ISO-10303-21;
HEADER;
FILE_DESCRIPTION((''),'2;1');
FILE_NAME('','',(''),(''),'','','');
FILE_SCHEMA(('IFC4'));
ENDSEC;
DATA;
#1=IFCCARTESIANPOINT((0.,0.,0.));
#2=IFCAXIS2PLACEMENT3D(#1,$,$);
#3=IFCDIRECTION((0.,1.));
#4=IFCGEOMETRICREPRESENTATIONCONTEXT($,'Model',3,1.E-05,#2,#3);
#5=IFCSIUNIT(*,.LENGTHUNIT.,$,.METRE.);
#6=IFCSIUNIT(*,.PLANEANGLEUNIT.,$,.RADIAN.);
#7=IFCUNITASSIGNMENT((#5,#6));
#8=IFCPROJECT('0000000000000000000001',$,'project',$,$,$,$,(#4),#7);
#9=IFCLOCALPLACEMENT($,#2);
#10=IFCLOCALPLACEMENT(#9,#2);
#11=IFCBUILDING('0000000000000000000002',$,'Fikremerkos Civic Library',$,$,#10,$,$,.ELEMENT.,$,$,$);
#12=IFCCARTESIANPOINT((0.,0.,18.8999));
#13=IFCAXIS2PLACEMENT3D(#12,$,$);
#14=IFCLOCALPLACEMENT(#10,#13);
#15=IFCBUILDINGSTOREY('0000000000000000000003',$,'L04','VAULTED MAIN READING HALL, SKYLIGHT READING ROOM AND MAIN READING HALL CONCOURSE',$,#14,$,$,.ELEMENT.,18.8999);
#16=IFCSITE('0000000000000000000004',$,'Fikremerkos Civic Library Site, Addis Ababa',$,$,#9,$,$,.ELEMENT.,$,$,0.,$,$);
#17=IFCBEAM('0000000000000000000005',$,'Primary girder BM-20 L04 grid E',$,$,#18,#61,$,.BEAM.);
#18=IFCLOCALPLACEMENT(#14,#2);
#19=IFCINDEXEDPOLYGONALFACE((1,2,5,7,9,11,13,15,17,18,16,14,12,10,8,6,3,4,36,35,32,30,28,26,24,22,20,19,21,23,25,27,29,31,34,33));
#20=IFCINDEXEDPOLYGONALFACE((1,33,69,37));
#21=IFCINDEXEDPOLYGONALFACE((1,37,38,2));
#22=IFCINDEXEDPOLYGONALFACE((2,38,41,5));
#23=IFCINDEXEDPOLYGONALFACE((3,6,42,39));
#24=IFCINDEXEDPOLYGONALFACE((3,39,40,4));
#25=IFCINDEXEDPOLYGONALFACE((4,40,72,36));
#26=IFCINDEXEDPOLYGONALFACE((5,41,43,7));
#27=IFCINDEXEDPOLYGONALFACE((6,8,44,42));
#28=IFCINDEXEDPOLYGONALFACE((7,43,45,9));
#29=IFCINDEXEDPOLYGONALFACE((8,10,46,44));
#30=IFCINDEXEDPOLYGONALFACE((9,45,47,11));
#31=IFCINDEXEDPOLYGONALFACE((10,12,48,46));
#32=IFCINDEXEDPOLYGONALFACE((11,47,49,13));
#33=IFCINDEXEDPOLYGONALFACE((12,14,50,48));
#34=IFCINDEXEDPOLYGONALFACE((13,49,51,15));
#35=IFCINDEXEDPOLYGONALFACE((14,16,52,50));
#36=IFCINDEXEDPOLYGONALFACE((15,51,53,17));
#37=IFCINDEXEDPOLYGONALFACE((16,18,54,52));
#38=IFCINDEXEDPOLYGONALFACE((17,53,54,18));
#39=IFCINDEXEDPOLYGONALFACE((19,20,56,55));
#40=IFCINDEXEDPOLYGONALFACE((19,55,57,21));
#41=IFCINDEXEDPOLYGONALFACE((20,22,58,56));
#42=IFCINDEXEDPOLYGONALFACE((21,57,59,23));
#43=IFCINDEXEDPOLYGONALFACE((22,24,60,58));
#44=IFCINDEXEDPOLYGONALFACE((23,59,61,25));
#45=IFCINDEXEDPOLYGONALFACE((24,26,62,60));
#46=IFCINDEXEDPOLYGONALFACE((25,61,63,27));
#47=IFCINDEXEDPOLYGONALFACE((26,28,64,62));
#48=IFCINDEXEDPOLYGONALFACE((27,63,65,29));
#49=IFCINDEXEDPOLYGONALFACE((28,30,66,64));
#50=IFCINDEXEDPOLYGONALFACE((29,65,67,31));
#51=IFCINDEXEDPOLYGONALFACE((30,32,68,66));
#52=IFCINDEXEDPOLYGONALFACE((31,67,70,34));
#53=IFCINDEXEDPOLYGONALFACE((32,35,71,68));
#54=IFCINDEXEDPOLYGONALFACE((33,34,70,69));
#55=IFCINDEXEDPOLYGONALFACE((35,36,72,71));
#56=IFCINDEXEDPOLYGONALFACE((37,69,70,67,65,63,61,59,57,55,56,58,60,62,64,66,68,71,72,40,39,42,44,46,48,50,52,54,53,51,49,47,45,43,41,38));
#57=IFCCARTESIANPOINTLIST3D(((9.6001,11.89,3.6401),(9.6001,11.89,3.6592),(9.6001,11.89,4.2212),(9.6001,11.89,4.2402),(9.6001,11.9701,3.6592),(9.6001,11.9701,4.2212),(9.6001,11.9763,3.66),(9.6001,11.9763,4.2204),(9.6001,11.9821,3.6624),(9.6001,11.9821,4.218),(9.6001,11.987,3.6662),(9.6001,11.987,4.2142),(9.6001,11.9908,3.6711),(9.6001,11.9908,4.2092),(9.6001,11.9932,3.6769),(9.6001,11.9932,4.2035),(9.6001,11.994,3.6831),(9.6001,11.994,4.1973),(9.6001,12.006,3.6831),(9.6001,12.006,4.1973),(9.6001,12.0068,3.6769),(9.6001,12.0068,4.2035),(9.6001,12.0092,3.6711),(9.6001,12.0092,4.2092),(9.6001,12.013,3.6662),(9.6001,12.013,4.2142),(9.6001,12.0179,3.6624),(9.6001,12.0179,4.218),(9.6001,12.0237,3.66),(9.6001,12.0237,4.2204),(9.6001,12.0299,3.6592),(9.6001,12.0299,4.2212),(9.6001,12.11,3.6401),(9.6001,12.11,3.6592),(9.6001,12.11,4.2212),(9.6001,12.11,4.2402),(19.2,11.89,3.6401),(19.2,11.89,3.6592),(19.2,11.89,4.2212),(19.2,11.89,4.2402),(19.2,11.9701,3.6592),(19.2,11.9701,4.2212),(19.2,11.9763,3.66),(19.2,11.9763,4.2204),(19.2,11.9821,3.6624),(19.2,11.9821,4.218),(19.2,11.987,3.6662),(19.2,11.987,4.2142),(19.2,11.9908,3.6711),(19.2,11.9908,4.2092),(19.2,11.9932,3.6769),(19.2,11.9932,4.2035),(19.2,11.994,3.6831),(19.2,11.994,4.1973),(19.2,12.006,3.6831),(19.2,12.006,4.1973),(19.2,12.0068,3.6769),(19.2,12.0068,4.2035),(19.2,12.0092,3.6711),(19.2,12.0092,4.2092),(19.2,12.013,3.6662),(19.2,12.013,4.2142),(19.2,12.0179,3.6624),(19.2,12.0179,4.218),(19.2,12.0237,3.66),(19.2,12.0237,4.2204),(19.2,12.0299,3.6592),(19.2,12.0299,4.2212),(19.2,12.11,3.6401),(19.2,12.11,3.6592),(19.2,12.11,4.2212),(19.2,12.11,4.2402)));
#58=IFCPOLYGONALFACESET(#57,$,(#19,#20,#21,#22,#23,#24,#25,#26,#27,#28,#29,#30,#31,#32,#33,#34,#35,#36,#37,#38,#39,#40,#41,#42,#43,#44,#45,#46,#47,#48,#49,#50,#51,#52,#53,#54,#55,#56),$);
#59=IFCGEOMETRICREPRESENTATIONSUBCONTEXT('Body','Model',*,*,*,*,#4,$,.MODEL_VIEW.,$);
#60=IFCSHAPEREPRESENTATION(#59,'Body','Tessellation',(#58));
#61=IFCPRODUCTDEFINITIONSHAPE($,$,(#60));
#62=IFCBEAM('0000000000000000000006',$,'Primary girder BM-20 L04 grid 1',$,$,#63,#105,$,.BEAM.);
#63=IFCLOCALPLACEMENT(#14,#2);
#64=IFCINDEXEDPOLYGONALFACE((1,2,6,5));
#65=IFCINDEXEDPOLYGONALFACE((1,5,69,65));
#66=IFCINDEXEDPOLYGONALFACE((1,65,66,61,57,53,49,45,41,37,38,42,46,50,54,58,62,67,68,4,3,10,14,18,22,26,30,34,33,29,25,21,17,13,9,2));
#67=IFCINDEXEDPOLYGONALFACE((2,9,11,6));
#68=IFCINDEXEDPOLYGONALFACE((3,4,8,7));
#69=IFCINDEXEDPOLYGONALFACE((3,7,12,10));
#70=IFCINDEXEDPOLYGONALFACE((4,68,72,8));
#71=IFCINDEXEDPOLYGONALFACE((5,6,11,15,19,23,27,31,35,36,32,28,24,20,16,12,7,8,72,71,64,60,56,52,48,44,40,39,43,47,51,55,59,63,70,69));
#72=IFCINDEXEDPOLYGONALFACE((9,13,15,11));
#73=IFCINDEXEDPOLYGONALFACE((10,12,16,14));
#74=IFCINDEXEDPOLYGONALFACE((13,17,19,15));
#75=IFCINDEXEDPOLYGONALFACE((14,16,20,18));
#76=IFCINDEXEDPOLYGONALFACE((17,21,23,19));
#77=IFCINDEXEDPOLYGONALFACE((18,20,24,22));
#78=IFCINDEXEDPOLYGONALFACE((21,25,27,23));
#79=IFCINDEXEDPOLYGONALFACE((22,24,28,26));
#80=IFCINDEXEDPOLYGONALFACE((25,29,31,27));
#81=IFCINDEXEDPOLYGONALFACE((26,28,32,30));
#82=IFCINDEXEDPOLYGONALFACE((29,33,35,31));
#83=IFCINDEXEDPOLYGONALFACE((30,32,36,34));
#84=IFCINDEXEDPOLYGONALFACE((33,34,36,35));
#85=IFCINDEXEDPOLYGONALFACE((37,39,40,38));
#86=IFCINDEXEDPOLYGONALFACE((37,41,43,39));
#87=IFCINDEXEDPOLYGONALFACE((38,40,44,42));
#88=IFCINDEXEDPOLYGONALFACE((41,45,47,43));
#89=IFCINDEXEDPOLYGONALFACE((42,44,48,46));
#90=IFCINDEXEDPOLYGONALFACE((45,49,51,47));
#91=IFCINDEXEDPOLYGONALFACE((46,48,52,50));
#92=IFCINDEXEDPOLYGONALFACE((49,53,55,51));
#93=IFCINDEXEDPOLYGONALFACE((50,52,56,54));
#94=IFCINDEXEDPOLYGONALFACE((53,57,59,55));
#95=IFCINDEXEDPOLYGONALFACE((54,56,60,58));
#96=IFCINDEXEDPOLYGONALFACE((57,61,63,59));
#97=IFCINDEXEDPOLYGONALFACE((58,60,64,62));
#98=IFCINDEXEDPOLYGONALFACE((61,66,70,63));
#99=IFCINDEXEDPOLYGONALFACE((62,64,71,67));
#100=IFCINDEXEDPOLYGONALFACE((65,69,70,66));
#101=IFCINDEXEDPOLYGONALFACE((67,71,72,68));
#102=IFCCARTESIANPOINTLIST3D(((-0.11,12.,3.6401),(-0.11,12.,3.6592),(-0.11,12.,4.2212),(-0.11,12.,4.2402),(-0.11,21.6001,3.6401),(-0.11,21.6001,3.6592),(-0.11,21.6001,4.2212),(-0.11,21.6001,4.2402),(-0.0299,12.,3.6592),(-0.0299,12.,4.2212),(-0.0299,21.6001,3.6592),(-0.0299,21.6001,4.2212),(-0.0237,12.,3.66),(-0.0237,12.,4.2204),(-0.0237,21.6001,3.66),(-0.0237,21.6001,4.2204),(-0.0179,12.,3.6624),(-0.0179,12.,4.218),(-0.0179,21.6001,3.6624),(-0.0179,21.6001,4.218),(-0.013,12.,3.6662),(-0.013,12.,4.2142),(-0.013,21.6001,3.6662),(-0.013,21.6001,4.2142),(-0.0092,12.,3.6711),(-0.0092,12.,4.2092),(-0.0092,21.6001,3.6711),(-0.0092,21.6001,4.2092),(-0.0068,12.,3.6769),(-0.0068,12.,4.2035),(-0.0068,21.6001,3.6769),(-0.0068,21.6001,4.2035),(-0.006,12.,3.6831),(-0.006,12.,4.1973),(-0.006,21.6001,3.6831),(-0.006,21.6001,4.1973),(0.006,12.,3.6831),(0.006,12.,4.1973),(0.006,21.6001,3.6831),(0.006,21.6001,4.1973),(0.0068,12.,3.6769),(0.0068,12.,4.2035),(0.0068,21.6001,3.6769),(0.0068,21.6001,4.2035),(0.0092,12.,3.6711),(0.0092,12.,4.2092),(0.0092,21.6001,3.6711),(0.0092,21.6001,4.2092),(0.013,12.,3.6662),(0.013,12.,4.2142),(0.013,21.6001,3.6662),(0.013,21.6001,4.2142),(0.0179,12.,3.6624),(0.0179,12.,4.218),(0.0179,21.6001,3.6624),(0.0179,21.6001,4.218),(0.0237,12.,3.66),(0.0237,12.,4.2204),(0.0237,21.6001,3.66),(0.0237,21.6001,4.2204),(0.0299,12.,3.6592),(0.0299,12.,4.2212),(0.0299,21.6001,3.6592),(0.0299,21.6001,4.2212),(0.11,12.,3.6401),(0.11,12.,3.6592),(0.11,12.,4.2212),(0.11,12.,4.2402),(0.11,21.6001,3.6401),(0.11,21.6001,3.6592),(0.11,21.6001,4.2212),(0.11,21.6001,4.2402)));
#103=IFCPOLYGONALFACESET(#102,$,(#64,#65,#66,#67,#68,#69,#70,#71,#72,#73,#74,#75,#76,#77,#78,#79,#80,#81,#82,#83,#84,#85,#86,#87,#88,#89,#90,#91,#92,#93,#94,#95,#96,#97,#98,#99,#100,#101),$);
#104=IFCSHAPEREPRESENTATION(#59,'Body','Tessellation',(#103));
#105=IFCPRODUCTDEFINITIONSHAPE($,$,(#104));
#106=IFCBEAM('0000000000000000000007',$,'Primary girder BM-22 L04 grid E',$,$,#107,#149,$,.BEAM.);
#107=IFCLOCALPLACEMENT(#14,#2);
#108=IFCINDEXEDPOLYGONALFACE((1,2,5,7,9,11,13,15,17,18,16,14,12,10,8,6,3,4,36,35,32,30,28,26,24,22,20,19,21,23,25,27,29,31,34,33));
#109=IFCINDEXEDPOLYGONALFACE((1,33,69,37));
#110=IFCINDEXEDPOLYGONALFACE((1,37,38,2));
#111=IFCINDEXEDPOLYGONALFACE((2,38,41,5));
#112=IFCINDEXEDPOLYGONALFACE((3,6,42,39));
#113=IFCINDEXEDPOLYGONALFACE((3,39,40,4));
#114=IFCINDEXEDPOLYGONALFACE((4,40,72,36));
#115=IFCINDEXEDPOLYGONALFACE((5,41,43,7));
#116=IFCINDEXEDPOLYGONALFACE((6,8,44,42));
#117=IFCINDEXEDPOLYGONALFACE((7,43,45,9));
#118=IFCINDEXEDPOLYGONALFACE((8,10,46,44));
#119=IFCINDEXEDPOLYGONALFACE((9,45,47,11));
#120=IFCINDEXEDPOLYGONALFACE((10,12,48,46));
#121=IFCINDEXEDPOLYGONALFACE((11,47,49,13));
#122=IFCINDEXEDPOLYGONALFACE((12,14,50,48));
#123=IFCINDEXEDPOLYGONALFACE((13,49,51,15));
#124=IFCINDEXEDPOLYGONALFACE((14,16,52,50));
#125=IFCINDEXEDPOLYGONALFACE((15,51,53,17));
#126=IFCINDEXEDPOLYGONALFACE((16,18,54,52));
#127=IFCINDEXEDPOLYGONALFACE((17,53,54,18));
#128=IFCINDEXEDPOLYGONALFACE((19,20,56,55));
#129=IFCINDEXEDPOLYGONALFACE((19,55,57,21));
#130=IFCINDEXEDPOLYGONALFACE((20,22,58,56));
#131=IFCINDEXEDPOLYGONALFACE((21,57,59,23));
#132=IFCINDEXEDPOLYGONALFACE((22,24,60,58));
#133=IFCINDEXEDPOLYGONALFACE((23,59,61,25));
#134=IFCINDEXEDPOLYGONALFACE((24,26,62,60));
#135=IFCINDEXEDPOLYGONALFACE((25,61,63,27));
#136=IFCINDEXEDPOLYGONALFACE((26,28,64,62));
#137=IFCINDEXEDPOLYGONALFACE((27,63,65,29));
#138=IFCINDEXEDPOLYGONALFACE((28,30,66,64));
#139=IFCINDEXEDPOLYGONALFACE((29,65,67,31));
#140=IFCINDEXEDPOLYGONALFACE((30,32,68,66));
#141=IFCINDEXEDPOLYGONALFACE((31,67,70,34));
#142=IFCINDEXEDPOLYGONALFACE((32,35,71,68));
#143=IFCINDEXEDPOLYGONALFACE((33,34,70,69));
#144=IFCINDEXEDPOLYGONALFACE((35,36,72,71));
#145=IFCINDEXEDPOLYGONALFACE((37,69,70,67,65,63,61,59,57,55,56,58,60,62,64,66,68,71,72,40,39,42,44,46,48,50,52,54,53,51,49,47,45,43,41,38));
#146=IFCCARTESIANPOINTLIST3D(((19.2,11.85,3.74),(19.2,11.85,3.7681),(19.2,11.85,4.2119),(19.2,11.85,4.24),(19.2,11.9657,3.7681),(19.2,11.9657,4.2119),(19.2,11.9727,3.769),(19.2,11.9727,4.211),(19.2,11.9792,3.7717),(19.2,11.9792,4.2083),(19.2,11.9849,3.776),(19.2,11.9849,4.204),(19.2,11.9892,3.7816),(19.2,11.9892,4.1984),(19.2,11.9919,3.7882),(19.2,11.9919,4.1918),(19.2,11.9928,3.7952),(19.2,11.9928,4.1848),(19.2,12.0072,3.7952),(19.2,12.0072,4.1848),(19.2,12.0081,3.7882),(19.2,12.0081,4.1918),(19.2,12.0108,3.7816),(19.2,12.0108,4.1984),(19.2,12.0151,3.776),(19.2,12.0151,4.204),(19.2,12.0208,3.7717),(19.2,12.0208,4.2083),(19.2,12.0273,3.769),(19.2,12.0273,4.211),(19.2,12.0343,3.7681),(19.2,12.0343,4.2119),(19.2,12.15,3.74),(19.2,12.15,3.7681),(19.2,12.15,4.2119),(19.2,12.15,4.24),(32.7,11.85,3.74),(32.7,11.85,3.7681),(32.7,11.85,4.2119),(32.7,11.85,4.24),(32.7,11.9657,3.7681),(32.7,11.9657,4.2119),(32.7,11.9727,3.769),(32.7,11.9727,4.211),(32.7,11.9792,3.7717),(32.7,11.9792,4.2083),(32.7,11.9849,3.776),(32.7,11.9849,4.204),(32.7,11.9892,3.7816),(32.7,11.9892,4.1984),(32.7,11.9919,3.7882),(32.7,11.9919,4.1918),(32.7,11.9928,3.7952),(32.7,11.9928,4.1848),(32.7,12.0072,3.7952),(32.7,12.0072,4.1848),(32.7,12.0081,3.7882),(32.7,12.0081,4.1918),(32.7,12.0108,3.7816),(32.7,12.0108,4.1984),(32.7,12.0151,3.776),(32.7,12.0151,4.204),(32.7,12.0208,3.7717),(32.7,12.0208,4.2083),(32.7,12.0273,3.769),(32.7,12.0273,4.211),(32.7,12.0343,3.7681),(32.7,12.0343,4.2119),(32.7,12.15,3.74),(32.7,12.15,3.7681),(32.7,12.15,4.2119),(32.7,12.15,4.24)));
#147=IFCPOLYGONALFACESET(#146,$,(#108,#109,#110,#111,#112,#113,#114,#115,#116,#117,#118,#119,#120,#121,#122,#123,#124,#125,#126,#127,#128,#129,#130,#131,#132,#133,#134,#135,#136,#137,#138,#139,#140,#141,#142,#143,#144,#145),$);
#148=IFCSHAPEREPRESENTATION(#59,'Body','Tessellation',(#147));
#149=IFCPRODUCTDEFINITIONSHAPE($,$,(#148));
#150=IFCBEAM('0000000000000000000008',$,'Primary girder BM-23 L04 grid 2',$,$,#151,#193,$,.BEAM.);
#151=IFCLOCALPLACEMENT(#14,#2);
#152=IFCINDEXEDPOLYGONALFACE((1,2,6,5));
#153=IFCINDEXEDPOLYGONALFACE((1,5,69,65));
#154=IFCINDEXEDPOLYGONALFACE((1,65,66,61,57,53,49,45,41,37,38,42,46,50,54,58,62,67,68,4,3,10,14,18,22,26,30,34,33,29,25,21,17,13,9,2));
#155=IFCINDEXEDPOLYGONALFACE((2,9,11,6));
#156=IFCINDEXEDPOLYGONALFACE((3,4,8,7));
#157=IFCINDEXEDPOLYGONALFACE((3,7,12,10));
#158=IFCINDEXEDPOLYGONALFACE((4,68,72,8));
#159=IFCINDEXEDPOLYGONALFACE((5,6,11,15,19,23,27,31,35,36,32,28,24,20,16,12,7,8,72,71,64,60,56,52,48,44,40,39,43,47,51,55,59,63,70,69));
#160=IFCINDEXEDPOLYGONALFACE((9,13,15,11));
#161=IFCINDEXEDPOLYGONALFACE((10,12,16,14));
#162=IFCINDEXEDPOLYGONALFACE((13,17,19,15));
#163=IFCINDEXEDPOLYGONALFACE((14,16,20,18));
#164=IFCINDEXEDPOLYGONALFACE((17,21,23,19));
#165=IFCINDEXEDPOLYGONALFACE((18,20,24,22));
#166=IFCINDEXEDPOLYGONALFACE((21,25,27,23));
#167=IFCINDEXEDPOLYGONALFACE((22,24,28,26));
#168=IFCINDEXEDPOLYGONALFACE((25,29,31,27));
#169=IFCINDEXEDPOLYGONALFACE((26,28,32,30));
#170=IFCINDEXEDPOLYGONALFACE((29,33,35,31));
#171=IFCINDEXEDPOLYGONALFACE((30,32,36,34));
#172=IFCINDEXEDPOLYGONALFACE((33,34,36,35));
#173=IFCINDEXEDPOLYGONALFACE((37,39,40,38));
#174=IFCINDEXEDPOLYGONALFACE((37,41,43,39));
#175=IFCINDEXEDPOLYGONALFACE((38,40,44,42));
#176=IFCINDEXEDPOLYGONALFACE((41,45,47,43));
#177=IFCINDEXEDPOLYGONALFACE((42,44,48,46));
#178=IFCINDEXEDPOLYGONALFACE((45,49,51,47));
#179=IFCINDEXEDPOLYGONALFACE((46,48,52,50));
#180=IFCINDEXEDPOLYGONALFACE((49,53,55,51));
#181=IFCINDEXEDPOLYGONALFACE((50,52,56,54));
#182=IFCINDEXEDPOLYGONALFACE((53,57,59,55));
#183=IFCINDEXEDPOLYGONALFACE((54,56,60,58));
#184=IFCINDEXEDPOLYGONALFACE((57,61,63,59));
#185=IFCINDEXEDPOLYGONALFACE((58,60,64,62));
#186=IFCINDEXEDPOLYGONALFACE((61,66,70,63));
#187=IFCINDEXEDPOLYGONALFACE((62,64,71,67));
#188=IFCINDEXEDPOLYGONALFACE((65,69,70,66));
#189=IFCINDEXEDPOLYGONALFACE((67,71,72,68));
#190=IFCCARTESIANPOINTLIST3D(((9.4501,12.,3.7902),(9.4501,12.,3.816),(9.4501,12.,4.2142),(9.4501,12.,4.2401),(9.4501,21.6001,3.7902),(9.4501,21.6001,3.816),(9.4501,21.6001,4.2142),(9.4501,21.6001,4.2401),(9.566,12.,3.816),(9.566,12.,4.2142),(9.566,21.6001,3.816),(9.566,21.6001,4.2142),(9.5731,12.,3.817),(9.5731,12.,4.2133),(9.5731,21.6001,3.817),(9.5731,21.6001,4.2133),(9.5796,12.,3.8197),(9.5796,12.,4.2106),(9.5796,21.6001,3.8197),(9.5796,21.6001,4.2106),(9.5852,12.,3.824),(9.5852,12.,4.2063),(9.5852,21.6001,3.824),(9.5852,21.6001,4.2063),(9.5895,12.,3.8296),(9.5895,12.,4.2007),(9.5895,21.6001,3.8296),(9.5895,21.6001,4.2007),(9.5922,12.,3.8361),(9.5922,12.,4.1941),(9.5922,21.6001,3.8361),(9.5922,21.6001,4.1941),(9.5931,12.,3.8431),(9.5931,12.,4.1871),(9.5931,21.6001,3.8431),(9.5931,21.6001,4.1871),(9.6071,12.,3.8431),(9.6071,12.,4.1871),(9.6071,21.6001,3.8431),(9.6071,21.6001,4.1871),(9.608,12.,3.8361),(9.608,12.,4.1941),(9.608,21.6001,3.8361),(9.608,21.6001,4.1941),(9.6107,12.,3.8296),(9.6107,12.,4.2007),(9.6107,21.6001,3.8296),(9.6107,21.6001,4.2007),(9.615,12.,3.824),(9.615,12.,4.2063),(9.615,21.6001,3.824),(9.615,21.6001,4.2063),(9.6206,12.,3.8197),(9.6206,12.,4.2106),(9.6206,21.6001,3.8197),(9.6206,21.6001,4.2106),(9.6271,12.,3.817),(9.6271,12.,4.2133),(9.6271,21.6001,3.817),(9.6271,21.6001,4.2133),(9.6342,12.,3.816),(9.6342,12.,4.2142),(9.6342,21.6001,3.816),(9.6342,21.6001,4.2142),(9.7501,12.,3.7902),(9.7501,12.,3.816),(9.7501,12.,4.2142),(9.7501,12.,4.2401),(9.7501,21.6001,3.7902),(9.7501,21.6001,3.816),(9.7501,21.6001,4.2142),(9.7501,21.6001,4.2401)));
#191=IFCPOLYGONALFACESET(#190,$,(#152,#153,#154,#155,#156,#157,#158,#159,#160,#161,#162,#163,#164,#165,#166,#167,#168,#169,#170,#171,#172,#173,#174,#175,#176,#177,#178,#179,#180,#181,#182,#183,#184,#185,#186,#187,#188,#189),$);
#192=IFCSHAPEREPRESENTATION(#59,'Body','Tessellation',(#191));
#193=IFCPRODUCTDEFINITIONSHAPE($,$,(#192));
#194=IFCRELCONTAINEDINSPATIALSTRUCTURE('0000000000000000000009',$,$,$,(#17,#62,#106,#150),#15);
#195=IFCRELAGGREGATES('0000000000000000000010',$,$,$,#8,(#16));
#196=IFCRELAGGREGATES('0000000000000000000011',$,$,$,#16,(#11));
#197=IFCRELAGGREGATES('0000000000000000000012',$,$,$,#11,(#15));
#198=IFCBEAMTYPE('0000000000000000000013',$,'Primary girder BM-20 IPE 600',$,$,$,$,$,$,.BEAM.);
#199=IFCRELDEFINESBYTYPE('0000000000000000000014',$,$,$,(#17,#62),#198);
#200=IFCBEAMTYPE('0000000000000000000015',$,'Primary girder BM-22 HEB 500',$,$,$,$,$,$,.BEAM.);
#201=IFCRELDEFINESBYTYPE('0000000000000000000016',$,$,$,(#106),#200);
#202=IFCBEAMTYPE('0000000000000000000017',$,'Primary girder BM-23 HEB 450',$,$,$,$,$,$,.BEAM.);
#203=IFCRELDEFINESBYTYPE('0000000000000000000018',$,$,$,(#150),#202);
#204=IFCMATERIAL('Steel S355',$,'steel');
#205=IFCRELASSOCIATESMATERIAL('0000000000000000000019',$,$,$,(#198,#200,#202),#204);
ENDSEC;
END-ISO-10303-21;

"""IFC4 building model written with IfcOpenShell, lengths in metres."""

from ifc_helpers import new_model, si_unit, direction, frame, origin, origin_2d, place, context, subcontext, project, spatial, i_section, extrude, material, material_profile, profile_set, type_object, element, save


model = new_model("IFC4")

# Units and contexts
model_context = context("Model", 3, precision=1e-05, world=origin(), true_north=direction((0.0, 1.0)))
body_context = subcontext(model_context, "Body", "Model", "MODEL_VIEW")
ifc_project = project(units=[si_unit("LENGTHUNIT", "METRE"), si_unit("PLANEANGLEUNIT", "RADIAN")], contexts=[model_context])

# Site, building, storey
site_placement = place(None, origin())
site = spatial("IfcSite", under=ifc_project, at=site_placement, Name="Fikremerkos Civic Library Site, Addis Ababa", CompositionType="ELEMENT", RefElevation=0.0)
building_placement = place(site_placement, origin())
building = spatial("IfcBuilding", under=site, at=building_placement, Name="Fikremerkos Civic Library", CompositionType="ELEMENT")
storey_placement = place(building_placement, frame((0.0, 0.0, 18.8999)))
storey = spatial("IfcBuildingStorey", under=building, at=storey_placement, Name="L04", Description="VAULTED MAIN READING HALL, SKYLIGHT READING ROOM AND MAIN READING HALL CONCOURSE", CompositionType="ELEMENT", Elevation=18.8999)

# Shared definitions
ifc_material_1 = material(Name="Steel S355", Category="steel")

# Beams
ifc_material_profile_1 = material_profile(ifc_material_1, i_section(OverallWidth=0.22, OverallDepth=0.6001, WebThickness=0.012, FlangeThickness=0.019, FilletRadius=0.0239, at=origin_2d()), Name="IPE 600")
ifc_profile_set_1 = profile_set([ifc_material_profile_1], Name="Steel S355")
beam_type_1 = type_object("IfcBeamType", Name="Primary girder BM-20 IPE 600", PredefinedType="BEAM", material=ifc_profile_set_1)
beam_1_placement = place(storey_placement, frame((9.6001, 12.0, 3.9402), z_axis=(1.0, 0.0, 0.0), x_axis=(0.0, 1.0, 0.0)))
element("IfcBeam", 1, at=beam_1_placement, inside=storey, type_object=beam_type_1, Name="Primary girder BM-20 L04 grid E", PredefinedType="BEAM", context=body_context, shape_type="SweptSolid", body=[
    extrude(i_section(OverallWidth=0.22, OverallDepth=0.6001, WebThickness=0.012, FlangeThickness=0.019, FilletRadius=0.0239, at=origin_2d()), origin(), (0.0, 0.0, 1.0), 9.5999),
])
beam_2_placement = place(storey_placement, frame((0.0, 12.0, 3.9402), z_axis=(0.0, 1.0, 0.0), x_axis=(-1.0, 0.0, 0.0)))
element("IfcBeam", 2, at=beam_2_placement, inside=storey, type_object=beam_type_1, Name="Primary girder BM-20 L04 grid 1", PredefinedType="BEAM", context=body_context, shape_type="SweptSolid", body=[
    extrude(i_section(OverallWidth=0.22, OverallDepth=0.6001, WebThickness=0.012, FlangeThickness=0.019, FilletRadius=0.0239, at=origin_2d()), origin(), (0.0, 0.0, 1.0), 9.6001),
])
ifc_material_profile_2 = material_profile(ifc_material_1, i_section(OverallWidth=0.3, OverallDepth=0.5, WebThickness=0.0144, FlangeThickness=0.0281, FilletRadius=0.0271, at=origin_2d()), Name="HEB 500")
ifc_profile_set_2 = profile_set([ifc_material_profile_2], Name="Steel S355")
beam_type_2 = type_object("IfcBeamType", Name="Primary girder BM-22 HEB 500", PredefinedType="BEAM", material=ifc_profile_set_2)
beam_3_placement = place(storey_placement, frame((19.2, 12.0, 3.99), z_axis=(1.0, 0.0, 0.0), x_axis=(0.0, 1.0, 0.0)))
element("IfcBeam", 3, at=beam_3_placement, inside=storey, type_object=beam_type_2, Name="Primary girder BM-22 L04 grid E", PredefinedType="BEAM", context=body_context, shape_type="SweptSolid", body=[
    extrude(i_section(OverallWidth=0.3, OverallDepth=0.5, WebThickness=0.0144, FlangeThickness=0.0281, FilletRadius=0.0271, at=origin_2d()), origin(), (0.0, 0.0, 1.0), 13.5),
])
ifc_material_profile_3 = material_profile(ifc_material_1, i_section(OverallWidth=0.3, OverallDepth=0.45, WebThickness=0.0139, FlangeThickness=0.0259, FilletRadius=0.0271, at=origin_2d()), Name="HEB 450")
ifc_profile_set_3 = profile_set([ifc_material_profile_3], Name="Steel S355")
beam_type_3 = type_object("IfcBeamType", Name="Primary girder BM-23 HEB 450", PredefinedType="BEAM", material=ifc_profile_set_3)
beam_4_placement = place(storey_placement, frame((9.6001, 12.0, 4.0151), z_axis=(0.0, 1.0, 0.0), x_axis=(-1.0, 0.0, 0.0)))
element("IfcBeam", 4, at=beam_4_placement, inside=storey, type_object=beam_type_3, Name="Primary girder BM-23 L04 grid 2", PredefinedType="BEAM", context=body_context, shape_type="SweptSolid", body=[
    extrude(i_section(OverallWidth=0.3, OverallDepth=0.45, WebThickness=0.0139, FlangeThickness=0.0259, FilletRadius=0.0271, at=origin_2d()), origin(), (0.0, 0.0, 1.0), 9.6001),
])

save(model, "model.ifc")
